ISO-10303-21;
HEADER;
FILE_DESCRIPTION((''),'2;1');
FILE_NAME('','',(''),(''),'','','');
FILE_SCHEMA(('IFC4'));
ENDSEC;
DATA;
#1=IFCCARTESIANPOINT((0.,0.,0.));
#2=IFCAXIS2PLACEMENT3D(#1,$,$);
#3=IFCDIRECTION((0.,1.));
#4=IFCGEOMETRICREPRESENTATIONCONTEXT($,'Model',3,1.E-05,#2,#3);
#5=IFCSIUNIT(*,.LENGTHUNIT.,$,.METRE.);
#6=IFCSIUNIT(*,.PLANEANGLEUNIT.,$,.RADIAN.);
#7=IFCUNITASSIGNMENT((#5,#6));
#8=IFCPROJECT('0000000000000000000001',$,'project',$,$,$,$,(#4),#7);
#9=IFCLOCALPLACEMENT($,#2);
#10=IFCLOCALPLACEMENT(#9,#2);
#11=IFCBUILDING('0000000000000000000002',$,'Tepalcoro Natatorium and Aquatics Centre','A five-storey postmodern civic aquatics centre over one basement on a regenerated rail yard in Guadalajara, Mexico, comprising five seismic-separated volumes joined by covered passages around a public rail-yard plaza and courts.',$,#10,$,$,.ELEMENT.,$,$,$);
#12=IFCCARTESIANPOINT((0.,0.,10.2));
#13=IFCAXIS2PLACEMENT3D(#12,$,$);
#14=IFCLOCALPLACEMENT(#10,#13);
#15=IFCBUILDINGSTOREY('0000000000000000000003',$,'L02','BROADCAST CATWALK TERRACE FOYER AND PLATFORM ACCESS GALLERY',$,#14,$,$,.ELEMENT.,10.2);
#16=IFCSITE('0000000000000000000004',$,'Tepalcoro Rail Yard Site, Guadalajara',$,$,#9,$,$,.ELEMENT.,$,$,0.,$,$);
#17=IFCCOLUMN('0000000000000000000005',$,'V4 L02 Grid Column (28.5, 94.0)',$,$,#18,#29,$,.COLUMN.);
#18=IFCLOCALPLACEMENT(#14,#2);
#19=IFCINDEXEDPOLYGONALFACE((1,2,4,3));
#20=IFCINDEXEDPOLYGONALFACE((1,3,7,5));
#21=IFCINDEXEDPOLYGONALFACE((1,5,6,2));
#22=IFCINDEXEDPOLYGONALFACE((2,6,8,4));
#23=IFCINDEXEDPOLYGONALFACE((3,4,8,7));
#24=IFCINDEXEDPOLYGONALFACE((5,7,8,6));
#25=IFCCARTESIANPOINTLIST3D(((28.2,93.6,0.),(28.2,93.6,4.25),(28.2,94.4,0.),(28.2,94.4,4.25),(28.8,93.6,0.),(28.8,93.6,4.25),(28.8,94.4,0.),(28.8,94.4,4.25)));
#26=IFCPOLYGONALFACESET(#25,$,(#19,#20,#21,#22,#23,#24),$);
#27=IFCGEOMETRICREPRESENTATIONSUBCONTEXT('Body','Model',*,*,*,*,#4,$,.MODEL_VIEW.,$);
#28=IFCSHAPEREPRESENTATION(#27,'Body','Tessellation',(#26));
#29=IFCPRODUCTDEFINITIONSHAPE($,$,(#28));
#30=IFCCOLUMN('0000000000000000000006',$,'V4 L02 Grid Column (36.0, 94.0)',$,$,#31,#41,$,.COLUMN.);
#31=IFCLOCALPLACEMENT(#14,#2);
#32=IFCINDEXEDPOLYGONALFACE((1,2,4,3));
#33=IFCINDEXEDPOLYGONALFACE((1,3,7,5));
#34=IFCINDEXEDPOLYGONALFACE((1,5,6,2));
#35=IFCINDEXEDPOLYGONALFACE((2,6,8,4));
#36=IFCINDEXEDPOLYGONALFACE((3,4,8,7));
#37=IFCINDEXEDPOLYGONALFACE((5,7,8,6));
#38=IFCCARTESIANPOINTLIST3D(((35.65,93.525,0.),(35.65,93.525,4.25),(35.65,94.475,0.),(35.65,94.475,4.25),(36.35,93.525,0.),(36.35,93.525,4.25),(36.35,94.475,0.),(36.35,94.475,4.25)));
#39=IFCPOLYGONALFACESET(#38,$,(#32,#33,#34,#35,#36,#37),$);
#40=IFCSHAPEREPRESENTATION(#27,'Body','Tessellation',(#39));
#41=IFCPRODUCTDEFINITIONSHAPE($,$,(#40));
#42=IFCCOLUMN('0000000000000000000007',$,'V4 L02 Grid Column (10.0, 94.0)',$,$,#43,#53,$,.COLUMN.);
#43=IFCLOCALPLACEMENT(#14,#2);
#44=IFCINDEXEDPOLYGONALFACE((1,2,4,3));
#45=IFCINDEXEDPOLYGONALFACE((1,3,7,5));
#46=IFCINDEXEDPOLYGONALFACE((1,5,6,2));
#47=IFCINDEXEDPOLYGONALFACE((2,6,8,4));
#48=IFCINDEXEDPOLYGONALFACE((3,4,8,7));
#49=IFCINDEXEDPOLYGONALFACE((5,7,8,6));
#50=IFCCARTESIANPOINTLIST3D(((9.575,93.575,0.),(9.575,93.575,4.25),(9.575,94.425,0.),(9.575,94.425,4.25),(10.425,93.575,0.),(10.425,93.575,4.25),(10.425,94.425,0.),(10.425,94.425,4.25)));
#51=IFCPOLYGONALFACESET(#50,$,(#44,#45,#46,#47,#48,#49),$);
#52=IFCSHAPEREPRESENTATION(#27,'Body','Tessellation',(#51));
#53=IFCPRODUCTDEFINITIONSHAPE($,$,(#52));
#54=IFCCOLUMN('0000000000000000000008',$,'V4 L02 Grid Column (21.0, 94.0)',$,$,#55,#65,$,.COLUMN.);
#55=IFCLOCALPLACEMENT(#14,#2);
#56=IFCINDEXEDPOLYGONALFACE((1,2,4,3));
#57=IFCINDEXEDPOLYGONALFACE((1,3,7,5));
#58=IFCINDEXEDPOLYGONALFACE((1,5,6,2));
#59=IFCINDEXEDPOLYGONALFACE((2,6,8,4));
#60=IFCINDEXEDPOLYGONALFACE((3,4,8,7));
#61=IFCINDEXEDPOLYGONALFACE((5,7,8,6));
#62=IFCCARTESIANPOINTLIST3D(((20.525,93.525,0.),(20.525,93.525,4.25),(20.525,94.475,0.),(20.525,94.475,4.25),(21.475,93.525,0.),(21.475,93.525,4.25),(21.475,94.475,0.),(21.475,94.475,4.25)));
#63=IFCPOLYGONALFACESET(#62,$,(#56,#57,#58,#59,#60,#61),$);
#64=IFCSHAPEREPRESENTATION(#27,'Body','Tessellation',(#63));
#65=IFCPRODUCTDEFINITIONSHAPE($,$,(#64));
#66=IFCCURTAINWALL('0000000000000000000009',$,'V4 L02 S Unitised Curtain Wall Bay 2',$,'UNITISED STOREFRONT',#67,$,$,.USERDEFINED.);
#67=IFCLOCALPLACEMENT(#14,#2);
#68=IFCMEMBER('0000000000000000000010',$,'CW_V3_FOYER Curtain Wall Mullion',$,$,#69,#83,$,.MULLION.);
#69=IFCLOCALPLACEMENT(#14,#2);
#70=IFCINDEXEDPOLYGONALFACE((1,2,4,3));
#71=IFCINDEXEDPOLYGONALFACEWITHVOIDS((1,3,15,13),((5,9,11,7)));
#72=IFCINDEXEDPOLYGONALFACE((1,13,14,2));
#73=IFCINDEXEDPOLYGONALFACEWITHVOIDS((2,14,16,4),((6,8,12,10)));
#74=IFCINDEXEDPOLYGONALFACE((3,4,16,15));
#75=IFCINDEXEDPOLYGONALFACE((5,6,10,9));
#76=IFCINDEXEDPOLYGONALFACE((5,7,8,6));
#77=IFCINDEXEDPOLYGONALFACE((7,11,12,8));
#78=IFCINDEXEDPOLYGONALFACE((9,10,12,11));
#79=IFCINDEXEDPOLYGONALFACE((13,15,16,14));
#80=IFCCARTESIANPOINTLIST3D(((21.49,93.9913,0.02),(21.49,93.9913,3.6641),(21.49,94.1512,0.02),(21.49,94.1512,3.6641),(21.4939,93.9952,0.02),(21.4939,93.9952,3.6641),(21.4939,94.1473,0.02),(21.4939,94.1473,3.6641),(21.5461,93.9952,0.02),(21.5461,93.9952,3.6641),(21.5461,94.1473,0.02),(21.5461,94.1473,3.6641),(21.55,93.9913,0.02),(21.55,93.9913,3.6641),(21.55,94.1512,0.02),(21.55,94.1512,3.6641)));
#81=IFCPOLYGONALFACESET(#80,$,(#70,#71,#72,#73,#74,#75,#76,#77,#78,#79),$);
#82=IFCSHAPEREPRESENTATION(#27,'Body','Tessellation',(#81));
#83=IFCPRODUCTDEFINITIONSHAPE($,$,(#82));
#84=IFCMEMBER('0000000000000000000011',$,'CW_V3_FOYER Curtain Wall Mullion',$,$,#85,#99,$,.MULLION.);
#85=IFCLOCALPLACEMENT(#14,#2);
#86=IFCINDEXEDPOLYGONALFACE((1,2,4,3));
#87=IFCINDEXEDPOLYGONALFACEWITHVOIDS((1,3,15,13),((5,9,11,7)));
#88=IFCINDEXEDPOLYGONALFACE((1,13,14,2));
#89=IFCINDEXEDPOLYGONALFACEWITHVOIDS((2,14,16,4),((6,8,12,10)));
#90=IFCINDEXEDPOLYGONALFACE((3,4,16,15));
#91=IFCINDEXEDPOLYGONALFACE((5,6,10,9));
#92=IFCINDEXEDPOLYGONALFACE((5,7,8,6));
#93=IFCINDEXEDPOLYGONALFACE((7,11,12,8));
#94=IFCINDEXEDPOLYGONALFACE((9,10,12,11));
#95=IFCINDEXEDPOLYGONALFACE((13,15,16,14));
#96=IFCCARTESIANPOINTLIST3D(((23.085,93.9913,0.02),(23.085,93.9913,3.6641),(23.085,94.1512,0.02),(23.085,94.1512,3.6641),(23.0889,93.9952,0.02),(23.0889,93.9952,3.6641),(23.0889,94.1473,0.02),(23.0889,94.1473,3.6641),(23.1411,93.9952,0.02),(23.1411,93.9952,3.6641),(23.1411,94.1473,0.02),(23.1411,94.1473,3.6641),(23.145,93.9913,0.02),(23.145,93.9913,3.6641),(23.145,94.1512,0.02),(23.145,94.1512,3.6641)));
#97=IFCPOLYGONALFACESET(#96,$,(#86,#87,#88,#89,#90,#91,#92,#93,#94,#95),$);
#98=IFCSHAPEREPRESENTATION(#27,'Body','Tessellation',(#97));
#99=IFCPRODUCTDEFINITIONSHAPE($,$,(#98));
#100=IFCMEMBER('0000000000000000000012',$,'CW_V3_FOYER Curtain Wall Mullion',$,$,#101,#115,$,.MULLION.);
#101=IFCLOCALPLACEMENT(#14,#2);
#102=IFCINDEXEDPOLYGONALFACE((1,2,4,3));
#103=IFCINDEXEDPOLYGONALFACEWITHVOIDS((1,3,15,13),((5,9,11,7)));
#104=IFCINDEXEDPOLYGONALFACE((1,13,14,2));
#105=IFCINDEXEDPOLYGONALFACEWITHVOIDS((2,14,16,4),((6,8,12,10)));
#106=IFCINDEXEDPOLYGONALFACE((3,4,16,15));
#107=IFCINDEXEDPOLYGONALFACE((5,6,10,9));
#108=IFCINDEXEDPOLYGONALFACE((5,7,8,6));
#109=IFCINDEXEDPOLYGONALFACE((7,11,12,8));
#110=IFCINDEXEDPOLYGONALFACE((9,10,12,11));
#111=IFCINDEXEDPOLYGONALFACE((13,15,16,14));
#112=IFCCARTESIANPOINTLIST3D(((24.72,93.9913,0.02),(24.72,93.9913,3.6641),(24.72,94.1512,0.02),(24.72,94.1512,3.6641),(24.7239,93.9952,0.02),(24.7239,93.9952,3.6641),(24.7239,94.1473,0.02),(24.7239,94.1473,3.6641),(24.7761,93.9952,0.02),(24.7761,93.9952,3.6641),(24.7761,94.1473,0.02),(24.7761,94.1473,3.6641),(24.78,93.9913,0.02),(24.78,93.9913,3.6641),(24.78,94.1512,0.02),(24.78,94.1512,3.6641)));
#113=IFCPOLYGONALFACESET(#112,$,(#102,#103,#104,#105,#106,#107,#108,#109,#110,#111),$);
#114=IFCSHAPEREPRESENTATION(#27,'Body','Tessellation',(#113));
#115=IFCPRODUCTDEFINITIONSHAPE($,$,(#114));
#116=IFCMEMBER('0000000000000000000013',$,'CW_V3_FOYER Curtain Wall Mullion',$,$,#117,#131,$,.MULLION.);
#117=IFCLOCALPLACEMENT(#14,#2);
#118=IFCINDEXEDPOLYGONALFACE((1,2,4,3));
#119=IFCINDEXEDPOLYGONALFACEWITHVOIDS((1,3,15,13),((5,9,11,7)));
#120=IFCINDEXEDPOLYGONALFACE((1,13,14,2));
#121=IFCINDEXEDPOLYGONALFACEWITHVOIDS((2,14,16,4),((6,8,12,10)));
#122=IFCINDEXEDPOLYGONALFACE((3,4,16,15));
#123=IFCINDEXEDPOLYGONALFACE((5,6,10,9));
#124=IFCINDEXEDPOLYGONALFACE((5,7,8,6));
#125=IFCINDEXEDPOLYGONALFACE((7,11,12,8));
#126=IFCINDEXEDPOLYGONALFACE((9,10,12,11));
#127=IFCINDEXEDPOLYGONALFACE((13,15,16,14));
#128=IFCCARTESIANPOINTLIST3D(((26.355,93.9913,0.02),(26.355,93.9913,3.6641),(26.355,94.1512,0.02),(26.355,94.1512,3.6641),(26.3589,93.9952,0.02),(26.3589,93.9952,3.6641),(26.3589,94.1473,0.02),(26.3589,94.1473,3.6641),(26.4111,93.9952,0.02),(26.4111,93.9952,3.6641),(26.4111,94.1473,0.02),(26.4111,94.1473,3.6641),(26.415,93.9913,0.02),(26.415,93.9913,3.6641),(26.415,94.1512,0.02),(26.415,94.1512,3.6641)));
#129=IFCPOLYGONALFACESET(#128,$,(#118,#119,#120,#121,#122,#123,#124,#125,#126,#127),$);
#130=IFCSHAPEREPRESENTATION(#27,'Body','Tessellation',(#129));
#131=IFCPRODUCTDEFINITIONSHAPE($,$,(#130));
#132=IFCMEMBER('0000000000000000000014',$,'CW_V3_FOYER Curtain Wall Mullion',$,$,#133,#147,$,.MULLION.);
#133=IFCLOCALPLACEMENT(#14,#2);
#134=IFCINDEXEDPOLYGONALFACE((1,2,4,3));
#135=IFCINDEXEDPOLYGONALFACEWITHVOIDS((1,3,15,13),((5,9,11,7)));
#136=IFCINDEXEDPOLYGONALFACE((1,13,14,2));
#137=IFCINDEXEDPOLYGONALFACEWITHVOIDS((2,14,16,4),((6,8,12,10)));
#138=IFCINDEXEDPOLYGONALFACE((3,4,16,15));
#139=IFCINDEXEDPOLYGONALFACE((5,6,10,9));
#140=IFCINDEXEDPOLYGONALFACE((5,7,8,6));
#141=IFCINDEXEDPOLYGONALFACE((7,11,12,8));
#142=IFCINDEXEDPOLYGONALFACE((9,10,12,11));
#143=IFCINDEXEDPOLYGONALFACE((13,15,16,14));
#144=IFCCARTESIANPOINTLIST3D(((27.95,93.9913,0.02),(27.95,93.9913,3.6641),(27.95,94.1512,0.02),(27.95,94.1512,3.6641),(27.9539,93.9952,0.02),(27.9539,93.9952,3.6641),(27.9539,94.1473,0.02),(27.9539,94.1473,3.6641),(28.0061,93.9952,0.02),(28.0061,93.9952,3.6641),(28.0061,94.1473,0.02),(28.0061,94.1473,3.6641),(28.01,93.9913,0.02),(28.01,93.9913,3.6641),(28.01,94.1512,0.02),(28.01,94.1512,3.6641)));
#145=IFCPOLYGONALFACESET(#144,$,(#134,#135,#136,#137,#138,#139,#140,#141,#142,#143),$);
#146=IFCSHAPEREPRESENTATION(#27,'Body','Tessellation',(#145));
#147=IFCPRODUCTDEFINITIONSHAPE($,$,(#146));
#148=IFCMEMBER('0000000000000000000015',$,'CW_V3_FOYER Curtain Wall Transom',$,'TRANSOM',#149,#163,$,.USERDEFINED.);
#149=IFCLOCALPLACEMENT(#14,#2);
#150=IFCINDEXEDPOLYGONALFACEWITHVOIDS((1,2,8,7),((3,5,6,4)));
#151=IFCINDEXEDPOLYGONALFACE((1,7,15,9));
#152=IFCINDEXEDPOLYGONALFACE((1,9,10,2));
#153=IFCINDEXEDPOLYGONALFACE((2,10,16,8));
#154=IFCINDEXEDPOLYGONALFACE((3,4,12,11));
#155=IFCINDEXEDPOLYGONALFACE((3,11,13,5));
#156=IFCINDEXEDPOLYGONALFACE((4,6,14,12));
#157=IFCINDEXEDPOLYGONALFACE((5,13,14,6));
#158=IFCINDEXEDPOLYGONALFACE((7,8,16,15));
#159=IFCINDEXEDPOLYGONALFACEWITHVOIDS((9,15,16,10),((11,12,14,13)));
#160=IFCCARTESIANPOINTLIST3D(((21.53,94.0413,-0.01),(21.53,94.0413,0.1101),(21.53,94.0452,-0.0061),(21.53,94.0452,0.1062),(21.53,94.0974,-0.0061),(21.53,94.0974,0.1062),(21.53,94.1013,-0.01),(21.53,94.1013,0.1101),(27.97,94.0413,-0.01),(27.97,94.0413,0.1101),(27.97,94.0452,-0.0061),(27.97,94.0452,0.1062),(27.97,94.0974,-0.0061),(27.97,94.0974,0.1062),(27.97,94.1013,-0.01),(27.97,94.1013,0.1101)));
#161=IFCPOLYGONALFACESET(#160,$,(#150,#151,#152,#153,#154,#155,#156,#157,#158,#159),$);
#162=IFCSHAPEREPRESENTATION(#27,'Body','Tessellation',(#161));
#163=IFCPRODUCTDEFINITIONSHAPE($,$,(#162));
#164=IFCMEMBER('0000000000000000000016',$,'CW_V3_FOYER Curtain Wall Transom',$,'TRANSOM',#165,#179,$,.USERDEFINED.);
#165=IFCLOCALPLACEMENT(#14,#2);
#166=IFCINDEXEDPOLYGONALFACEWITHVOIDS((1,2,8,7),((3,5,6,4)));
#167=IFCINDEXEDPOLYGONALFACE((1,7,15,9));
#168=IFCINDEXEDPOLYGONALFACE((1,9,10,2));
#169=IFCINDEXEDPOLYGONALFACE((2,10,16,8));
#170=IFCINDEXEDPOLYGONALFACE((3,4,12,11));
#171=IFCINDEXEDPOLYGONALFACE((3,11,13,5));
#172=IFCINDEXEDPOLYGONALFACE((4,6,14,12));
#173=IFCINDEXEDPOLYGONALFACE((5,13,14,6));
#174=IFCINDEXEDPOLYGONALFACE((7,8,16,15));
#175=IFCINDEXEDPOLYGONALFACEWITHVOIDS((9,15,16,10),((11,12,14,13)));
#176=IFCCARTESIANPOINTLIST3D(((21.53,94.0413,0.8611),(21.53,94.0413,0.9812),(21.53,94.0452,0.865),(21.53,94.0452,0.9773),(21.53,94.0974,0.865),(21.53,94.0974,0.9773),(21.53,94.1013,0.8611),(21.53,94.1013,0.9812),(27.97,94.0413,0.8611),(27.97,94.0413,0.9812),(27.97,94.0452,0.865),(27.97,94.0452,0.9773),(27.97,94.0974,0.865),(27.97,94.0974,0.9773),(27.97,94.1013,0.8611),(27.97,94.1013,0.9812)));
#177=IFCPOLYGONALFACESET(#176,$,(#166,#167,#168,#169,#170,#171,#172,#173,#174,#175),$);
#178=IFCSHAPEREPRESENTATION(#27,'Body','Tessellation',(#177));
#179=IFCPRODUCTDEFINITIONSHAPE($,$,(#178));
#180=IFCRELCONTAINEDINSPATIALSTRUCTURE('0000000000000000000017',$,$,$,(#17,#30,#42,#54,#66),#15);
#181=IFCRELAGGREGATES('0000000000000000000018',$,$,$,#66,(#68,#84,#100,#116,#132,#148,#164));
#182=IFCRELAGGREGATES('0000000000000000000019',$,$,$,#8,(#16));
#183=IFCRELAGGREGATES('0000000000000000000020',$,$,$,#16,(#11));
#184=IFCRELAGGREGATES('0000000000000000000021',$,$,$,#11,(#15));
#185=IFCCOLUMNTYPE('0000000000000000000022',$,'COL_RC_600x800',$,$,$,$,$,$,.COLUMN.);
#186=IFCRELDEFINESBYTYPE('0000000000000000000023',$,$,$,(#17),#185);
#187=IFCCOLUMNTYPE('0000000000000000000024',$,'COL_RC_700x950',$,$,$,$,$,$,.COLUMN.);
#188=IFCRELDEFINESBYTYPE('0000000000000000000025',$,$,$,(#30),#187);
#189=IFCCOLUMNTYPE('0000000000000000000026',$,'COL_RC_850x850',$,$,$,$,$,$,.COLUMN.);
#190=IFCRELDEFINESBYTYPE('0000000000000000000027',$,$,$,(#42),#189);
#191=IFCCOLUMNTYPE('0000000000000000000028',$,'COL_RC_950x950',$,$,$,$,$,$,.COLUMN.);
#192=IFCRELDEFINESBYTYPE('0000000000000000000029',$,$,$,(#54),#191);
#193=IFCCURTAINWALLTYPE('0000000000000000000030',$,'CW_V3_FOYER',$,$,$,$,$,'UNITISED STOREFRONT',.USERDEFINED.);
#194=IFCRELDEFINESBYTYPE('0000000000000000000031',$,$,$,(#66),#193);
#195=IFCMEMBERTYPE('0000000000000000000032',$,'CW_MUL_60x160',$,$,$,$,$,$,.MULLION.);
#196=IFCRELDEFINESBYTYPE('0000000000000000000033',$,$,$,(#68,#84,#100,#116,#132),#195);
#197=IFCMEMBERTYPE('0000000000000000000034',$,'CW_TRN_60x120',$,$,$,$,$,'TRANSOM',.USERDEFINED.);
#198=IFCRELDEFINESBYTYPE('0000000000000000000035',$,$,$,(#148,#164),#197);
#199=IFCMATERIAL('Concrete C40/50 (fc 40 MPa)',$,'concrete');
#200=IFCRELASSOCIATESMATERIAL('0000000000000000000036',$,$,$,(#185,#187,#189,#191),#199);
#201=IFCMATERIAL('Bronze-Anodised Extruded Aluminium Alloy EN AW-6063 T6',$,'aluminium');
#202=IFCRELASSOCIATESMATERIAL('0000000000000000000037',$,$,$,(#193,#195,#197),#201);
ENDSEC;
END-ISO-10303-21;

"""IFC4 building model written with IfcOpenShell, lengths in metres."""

from ifc_helpers import new_model, si_unit, direction, frame, origin, origin_2d, place, context, subcontext, project, spatial, rectangle, hollow_rectangle, extrude, material, material_profile, profile_set, type_object, element, aggregate, save


model = new_model("IFC4")

# Units and contexts
model_context = context("Model", 3, precision=1e-05, world=origin(), true_north=direction((0.0, 1.0)))
body_context = subcontext(model_context, "Body", "Model", "MODEL_VIEW")
ifc_project = project(units=[si_unit("LENGTHUNIT", "METRE"), si_unit("PLANEANGLEUNIT", "RADIAN")], contexts=[model_context])

# Site, building, storey
site_placement = place(None, origin())
site = spatial("IfcSite", under=ifc_project, at=site_placement, Name="Tepalcoro Rail Yard Site, Guadalajara", CompositionType="ELEMENT", RefElevation=0.0)
building_placement = place(site_placement, origin())
building = spatial("IfcBuilding", under=site, at=building_placement, Name="Tepalcoro Natatorium and Aquatics Centre", Description="A five-storey postmodern civic aquatics centre over one basement on a regenerated rail yard in Guadalajara, Mexico, comprising five seismic-separated volumes joined by covered passages around a public rail-yard plaza and courts.", CompositionType="ELEMENT")
storey_placement = place(building_placement, frame((0.0, 0.0, 10.2)))
storey = spatial("IfcBuildingStorey", under=building, at=storey_placement, Name="L02", Description="BROADCAST CATWALK TERRACE FOYER AND PLATFORM ACCESS GALLERY", CompositionType="ELEMENT", Elevation=10.2)

# Columns
ifc_material_1 = material(Name="Concrete C40/50 (fc 40 MPa)", Category="concrete")
ifc_material_profile_1 = material_profile(ifc_material_1, rectangle(XDim=0.6001, YDim=0.8, at=origin_2d()), Name="RC600x800")
ifc_profile_set_1 = profile_set([ifc_material_profile_1], Name="Concrete C40/50 (fc 40 MPa)")
column_type_1 = type_object("IfcColumnType", Name="COL_RC_600x800", PredefinedType="COLUMN", material=ifc_profile_set_1)
column_1_placement = place(storey_placement, frame((28.5, 94.0, 0.0), z_axis=(0.0, 0.0, 1.0), x_axis=(1.0, 0.0, 0.0)))
element("IfcColumn", 1, at=column_1_placement, inside=storey, type_object=column_type_1, Name="V4 L02 Grid Column (28.5, 94.0)", PredefinedType="COLUMN", context=body_context, shape_type="SweptSolid", body=[
    extrude(rectangle(XDim=0.6001, YDim=0.8, at=origin_2d()), origin(), (0.0, 0.0, 1.0), 4.25),
])
ifc_material_profile_2 = material_profile(ifc_material_1, rectangle(XDim=0.7, YDim=0.95, at=origin_2d()), Name="RC700x950")
ifc_profile_set_2 = profile_set([ifc_material_profile_2], Name="Concrete C40/50 (fc 40 MPa)")
column_type_2 = type_object("IfcColumnType", Name="COL_RC_700x950", PredefinedType="COLUMN", material=ifc_profile_set_2)
column_2_placement = place(storey_placement, frame((36.0, 94.0, 0.0), z_axis=(0.0, 0.0, 1.0), x_axis=(1.0, 0.0, 0.0)))
element("IfcColumn", 2, at=column_2_placement, inside=storey, type_object=column_type_2, Name="V4 L02 Grid Column (36.0, 94.0)", PredefinedType="COLUMN", context=body_context, shape_type="SweptSolid", body=[
    extrude(rectangle(XDim=0.7, YDim=0.95, at=origin_2d()), origin(), (0.0, 0.0, 1.0), 4.25),
])
ifc_material_profile_3 = material_profile(ifc_material_1, rectangle(XDim=0.8501, YDim=0.8501, at=origin_2d()), Name="RC850x850")
ifc_profile_set_3 = profile_set([ifc_material_profile_3], Name="Concrete C40/50 (fc 40 MPa)")
column_type_3 = type_object("IfcColumnType", Name="COL_RC_850x850", PredefinedType="COLUMN", material=ifc_profile_set_3)
column_3_placement = place(storey_placement, frame((10.0, 94.0, 0.0), z_axis=(0.0, 0.0, 1.0), x_axis=(1.0, 0.0, 0.0)))
element("IfcColumn", 3, at=column_3_placement, inside=storey, type_object=column_type_3, Name="V4 L02 Grid Column (10.0, 94.0)", PredefinedType="COLUMN", context=body_context, shape_type="SweptSolid", body=[
    extrude(rectangle(XDim=0.8501, YDim=0.8501, at=origin_2d()), origin(), (0.0, 0.0, 1.0), 4.25),
])
ifc_material_profile_4 = material_profile(ifc_material_1, rectangle(XDim=0.95, YDim=0.95, at=origin_2d()), Name="RC950x950")
ifc_profile_set_4 = profile_set([ifc_material_profile_4], Name="Concrete C40/50 (fc 40 MPa)")
column_type_4 = type_object("IfcColumnType", Name="COL_RC_950x950", PredefinedType="COLUMN", material=ifc_profile_set_4)
column_4_placement = place(storey_placement, frame((21.0, 94.0, 0.0), z_axis=(0.0, 0.0, 1.0), x_axis=(1.0, 0.0, 0.0)))
element("IfcColumn", 4, at=column_4_placement, inside=storey, type_object=column_type_4, Name="V4 L02 Grid Column (21.0, 94.0)", PredefinedType="COLUMN", context=body_context, shape_type="SweptSolid", body=[
    extrude(rectangle(XDim=0.95, YDim=0.95, at=origin_2d()), origin(), (0.0, 0.0, 1.0), 4.25),
])

# Curtain wall, members
ifc_material_2 = material(Name="Bronze-Anodised Extruded Aluminium Alloy EN AW-6063 T6", Category="aluminium")
curtain_wall_type = type_object("IfcCurtainWallType", Name="CW_V3_FOYER", ElementType="UNITISED STOREFRONT", PredefinedType="USERDEFINED", material=ifc_material_2)
curtain_wall_placement = place(storey_placement, origin())
curtain_wall = element("IfcCurtainWall", 5, at=curtain_wall_placement, inside=storey, type_object=curtain_wall_type, Name="V4 L02 S Unitised Curtain Wall Bay 2", ObjectType="UNITISED STOREFRONT", PredefinedType="USERDEFINED")
ifc_material_profile_5 = material_profile(ifc_material_2, hollow_rectangle(XDim=0.0601, YDim=0.1599, WallThickness=0.0039, at=origin_2d()), Name="AL60X160X4")
ifc_profile_set_5 = profile_set([ifc_material_profile_5], Name="Bronze-Anodised Extruded Aluminium Alloy EN AW-6063 T6")
member_type_1 = type_object("IfcMemberType", Name="CW_MUL_60x160", PredefinedType="MULLION", material=ifc_profile_set_5)
member_1_placement = place(storey_placement, frame((21.52, 94.0713, 0.02), z_axis=(0.0, 0.0, 1.0), x_axis=(1.0, 0.0, 0.0)))
member_1 = element("IfcMember", 6, at=member_1_placement, type_object=member_type_1, Name="CW_V3_FOYER Curtain Wall Mullion", PredefinedType="MULLION", context=body_context, shape_type="SweptSolid", body=[
    extrude(hollow_rectangle(XDim=0.0601, YDim=0.1599, WallThickness=0.0039, at=origin_2d()), origin(), (0.0, 0.0, 1.0), 3.644),
])
member_2_placement = place(storey_placement, frame((23.115, 94.0713, 0.02), z_axis=(0.0, 0.0, 1.0), x_axis=(1.0, 0.0, 0.0)))
member_2 = element("IfcMember", 7, at=member_2_placement, type_object=member_type_1, Name="CW_V3_FOYER Curtain Wall Mullion", PredefinedType="MULLION", context=body_context, shape_type="SweptSolid", body=[
    extrude(hollow_rectangle(XDim=0.0601, YDim=0.1599, WallThickness=0.0039, at=origin_2d()), origin(), (0.0, 0.0, 1.0), 3.644),
])
member_3_placement = place(storey_placement, frame((24.75, 94.0713, 0.02), z_axis=(0.0, 0.0, 1.0), x_axis=(1.0, 0.0, 0.0)))
member_3 = element("IfcMember", 8, at=member_3_placement, type_object=member_type_1, Name="CW_V3_FOYER Curtain Wall Mullion", PredefinedType="MULLION", context=body_context, shape_type="SweptSolid", body=[
    extrude(hollow_rectangle(XDim=0.0601, YDim=0.1599, WallThickness=0.0039, at=origin_2d()), origin(), (0.0, 0.0, 1.0), 3.644),
])
member_4_placement = place(storey_placement, frame((26.385, 94.0713, 0.02), z_axis=(0.0, 0.0, 1.0), x_axis=(1.0, 0.0, 0.0)))
member_4 = element("IfcMember", 9, at=member_4_placement, type_object=member_type_1, Name="CW_V3_FOYER Curtain Wall Mullion", PredefinedType="MULLION", context=body_context, shape_type="SweptSolid", body=[
    extrude(hollow_rectangle(XDim=0.0601, YDim=0.1599, WallThickness=0.0039, at=origin_2d()), origin(), (0.0, 0.0, 1.0), 3.644),
])
member_5_placement = place(storey_placement, frame((27.98, 94.0713, 0.02), z_axis=(0.0, 0.0, 1.0), x_axis=(1.0, 0.0, 0.0)))
member_5 = element("IfcMember", 10, at=member_5_placement, type_object=member_type_1, Name="CW_V3_FOYER Curtain Wall Mullion", PredefinedType="MULLION", context=body_context, shape_type="SweptSolid", body=[
    extrude(hollow_rectangle(XDim=0.0601, YDim=0.1599, WallThickness=0.0039, at=origin_2d()), origin(), (0.0, 0.0, 1.0), 3.644),
])
ifc_material_profile_6 = material_profile(ifc_material_2, hollow_rectangle(XDim=0.0601, YDim=0.1201, WallThickness=0.0039, at=origin_2d()), Name="AL60X120X4")
ifc_profile_set_6 = profile_set([ifc_material_profile_6], Name="Bronze-Anodised Extruded Aluminium Alloy EN AW-6063 T6")
member_type_2 = type_object("IfcMemberType", Name="CW_TRN_60x120", ElementType="TRANSOM", PredefinedType="USERDEFINED", material=ifc_profile_set_6)
member_6_placement = place(storey_placement, frame((21.53, 94.0713, 0.05), z_axis=(1.0, 0.0, 0.0), x_axis=(0.0, 1.0, 0.0)))
member_6 = element("IfcMember", 11, at=member_6_placement, type_object=member_type_2, Name="CW_V3_FOYER Curtain Wall Transom", ObjectType="TRANSOM", PredefinedType="USERDEFINED", context=body_context, shape_type="SweptSolid", body=[
    extrude(hollow_rectangle(XDim=0.0601, YDim=0.1201, WallThickness=0.0039, at=origin_2d()), origin(), (0.0, 0.0, 1.0), 6.4399),
])
member_7_placement = place(storey_placement, frame((21.53, 94.0713, 0.9211), z_axis=(1.0, 0.0, 0.0), x_axis=(0.0, 1.0, 0.0)))
member_7 = element("IfcMember", 12, at=member_7_placement, type_object=member_type_2, Name="CW_V3_FOYER Curtain Wall Transom", ObjectType="TRANSOM", PredefinedType="USERDEFINED", context=body_context, shape_type="SweptSolid", body=[
    extrude(hollow_rectangle(XDim=0.0601, YDim=0.1201, WallThickness=0.0039, at=origin_2d()), origin(), (0.0, 0.0, 1.0), 6.4399),
])

aggregate(curtain_wall, [member_1, member_2, member_3, member_4, member_5, member_6, member_7])

save(model, "model.ifc")
